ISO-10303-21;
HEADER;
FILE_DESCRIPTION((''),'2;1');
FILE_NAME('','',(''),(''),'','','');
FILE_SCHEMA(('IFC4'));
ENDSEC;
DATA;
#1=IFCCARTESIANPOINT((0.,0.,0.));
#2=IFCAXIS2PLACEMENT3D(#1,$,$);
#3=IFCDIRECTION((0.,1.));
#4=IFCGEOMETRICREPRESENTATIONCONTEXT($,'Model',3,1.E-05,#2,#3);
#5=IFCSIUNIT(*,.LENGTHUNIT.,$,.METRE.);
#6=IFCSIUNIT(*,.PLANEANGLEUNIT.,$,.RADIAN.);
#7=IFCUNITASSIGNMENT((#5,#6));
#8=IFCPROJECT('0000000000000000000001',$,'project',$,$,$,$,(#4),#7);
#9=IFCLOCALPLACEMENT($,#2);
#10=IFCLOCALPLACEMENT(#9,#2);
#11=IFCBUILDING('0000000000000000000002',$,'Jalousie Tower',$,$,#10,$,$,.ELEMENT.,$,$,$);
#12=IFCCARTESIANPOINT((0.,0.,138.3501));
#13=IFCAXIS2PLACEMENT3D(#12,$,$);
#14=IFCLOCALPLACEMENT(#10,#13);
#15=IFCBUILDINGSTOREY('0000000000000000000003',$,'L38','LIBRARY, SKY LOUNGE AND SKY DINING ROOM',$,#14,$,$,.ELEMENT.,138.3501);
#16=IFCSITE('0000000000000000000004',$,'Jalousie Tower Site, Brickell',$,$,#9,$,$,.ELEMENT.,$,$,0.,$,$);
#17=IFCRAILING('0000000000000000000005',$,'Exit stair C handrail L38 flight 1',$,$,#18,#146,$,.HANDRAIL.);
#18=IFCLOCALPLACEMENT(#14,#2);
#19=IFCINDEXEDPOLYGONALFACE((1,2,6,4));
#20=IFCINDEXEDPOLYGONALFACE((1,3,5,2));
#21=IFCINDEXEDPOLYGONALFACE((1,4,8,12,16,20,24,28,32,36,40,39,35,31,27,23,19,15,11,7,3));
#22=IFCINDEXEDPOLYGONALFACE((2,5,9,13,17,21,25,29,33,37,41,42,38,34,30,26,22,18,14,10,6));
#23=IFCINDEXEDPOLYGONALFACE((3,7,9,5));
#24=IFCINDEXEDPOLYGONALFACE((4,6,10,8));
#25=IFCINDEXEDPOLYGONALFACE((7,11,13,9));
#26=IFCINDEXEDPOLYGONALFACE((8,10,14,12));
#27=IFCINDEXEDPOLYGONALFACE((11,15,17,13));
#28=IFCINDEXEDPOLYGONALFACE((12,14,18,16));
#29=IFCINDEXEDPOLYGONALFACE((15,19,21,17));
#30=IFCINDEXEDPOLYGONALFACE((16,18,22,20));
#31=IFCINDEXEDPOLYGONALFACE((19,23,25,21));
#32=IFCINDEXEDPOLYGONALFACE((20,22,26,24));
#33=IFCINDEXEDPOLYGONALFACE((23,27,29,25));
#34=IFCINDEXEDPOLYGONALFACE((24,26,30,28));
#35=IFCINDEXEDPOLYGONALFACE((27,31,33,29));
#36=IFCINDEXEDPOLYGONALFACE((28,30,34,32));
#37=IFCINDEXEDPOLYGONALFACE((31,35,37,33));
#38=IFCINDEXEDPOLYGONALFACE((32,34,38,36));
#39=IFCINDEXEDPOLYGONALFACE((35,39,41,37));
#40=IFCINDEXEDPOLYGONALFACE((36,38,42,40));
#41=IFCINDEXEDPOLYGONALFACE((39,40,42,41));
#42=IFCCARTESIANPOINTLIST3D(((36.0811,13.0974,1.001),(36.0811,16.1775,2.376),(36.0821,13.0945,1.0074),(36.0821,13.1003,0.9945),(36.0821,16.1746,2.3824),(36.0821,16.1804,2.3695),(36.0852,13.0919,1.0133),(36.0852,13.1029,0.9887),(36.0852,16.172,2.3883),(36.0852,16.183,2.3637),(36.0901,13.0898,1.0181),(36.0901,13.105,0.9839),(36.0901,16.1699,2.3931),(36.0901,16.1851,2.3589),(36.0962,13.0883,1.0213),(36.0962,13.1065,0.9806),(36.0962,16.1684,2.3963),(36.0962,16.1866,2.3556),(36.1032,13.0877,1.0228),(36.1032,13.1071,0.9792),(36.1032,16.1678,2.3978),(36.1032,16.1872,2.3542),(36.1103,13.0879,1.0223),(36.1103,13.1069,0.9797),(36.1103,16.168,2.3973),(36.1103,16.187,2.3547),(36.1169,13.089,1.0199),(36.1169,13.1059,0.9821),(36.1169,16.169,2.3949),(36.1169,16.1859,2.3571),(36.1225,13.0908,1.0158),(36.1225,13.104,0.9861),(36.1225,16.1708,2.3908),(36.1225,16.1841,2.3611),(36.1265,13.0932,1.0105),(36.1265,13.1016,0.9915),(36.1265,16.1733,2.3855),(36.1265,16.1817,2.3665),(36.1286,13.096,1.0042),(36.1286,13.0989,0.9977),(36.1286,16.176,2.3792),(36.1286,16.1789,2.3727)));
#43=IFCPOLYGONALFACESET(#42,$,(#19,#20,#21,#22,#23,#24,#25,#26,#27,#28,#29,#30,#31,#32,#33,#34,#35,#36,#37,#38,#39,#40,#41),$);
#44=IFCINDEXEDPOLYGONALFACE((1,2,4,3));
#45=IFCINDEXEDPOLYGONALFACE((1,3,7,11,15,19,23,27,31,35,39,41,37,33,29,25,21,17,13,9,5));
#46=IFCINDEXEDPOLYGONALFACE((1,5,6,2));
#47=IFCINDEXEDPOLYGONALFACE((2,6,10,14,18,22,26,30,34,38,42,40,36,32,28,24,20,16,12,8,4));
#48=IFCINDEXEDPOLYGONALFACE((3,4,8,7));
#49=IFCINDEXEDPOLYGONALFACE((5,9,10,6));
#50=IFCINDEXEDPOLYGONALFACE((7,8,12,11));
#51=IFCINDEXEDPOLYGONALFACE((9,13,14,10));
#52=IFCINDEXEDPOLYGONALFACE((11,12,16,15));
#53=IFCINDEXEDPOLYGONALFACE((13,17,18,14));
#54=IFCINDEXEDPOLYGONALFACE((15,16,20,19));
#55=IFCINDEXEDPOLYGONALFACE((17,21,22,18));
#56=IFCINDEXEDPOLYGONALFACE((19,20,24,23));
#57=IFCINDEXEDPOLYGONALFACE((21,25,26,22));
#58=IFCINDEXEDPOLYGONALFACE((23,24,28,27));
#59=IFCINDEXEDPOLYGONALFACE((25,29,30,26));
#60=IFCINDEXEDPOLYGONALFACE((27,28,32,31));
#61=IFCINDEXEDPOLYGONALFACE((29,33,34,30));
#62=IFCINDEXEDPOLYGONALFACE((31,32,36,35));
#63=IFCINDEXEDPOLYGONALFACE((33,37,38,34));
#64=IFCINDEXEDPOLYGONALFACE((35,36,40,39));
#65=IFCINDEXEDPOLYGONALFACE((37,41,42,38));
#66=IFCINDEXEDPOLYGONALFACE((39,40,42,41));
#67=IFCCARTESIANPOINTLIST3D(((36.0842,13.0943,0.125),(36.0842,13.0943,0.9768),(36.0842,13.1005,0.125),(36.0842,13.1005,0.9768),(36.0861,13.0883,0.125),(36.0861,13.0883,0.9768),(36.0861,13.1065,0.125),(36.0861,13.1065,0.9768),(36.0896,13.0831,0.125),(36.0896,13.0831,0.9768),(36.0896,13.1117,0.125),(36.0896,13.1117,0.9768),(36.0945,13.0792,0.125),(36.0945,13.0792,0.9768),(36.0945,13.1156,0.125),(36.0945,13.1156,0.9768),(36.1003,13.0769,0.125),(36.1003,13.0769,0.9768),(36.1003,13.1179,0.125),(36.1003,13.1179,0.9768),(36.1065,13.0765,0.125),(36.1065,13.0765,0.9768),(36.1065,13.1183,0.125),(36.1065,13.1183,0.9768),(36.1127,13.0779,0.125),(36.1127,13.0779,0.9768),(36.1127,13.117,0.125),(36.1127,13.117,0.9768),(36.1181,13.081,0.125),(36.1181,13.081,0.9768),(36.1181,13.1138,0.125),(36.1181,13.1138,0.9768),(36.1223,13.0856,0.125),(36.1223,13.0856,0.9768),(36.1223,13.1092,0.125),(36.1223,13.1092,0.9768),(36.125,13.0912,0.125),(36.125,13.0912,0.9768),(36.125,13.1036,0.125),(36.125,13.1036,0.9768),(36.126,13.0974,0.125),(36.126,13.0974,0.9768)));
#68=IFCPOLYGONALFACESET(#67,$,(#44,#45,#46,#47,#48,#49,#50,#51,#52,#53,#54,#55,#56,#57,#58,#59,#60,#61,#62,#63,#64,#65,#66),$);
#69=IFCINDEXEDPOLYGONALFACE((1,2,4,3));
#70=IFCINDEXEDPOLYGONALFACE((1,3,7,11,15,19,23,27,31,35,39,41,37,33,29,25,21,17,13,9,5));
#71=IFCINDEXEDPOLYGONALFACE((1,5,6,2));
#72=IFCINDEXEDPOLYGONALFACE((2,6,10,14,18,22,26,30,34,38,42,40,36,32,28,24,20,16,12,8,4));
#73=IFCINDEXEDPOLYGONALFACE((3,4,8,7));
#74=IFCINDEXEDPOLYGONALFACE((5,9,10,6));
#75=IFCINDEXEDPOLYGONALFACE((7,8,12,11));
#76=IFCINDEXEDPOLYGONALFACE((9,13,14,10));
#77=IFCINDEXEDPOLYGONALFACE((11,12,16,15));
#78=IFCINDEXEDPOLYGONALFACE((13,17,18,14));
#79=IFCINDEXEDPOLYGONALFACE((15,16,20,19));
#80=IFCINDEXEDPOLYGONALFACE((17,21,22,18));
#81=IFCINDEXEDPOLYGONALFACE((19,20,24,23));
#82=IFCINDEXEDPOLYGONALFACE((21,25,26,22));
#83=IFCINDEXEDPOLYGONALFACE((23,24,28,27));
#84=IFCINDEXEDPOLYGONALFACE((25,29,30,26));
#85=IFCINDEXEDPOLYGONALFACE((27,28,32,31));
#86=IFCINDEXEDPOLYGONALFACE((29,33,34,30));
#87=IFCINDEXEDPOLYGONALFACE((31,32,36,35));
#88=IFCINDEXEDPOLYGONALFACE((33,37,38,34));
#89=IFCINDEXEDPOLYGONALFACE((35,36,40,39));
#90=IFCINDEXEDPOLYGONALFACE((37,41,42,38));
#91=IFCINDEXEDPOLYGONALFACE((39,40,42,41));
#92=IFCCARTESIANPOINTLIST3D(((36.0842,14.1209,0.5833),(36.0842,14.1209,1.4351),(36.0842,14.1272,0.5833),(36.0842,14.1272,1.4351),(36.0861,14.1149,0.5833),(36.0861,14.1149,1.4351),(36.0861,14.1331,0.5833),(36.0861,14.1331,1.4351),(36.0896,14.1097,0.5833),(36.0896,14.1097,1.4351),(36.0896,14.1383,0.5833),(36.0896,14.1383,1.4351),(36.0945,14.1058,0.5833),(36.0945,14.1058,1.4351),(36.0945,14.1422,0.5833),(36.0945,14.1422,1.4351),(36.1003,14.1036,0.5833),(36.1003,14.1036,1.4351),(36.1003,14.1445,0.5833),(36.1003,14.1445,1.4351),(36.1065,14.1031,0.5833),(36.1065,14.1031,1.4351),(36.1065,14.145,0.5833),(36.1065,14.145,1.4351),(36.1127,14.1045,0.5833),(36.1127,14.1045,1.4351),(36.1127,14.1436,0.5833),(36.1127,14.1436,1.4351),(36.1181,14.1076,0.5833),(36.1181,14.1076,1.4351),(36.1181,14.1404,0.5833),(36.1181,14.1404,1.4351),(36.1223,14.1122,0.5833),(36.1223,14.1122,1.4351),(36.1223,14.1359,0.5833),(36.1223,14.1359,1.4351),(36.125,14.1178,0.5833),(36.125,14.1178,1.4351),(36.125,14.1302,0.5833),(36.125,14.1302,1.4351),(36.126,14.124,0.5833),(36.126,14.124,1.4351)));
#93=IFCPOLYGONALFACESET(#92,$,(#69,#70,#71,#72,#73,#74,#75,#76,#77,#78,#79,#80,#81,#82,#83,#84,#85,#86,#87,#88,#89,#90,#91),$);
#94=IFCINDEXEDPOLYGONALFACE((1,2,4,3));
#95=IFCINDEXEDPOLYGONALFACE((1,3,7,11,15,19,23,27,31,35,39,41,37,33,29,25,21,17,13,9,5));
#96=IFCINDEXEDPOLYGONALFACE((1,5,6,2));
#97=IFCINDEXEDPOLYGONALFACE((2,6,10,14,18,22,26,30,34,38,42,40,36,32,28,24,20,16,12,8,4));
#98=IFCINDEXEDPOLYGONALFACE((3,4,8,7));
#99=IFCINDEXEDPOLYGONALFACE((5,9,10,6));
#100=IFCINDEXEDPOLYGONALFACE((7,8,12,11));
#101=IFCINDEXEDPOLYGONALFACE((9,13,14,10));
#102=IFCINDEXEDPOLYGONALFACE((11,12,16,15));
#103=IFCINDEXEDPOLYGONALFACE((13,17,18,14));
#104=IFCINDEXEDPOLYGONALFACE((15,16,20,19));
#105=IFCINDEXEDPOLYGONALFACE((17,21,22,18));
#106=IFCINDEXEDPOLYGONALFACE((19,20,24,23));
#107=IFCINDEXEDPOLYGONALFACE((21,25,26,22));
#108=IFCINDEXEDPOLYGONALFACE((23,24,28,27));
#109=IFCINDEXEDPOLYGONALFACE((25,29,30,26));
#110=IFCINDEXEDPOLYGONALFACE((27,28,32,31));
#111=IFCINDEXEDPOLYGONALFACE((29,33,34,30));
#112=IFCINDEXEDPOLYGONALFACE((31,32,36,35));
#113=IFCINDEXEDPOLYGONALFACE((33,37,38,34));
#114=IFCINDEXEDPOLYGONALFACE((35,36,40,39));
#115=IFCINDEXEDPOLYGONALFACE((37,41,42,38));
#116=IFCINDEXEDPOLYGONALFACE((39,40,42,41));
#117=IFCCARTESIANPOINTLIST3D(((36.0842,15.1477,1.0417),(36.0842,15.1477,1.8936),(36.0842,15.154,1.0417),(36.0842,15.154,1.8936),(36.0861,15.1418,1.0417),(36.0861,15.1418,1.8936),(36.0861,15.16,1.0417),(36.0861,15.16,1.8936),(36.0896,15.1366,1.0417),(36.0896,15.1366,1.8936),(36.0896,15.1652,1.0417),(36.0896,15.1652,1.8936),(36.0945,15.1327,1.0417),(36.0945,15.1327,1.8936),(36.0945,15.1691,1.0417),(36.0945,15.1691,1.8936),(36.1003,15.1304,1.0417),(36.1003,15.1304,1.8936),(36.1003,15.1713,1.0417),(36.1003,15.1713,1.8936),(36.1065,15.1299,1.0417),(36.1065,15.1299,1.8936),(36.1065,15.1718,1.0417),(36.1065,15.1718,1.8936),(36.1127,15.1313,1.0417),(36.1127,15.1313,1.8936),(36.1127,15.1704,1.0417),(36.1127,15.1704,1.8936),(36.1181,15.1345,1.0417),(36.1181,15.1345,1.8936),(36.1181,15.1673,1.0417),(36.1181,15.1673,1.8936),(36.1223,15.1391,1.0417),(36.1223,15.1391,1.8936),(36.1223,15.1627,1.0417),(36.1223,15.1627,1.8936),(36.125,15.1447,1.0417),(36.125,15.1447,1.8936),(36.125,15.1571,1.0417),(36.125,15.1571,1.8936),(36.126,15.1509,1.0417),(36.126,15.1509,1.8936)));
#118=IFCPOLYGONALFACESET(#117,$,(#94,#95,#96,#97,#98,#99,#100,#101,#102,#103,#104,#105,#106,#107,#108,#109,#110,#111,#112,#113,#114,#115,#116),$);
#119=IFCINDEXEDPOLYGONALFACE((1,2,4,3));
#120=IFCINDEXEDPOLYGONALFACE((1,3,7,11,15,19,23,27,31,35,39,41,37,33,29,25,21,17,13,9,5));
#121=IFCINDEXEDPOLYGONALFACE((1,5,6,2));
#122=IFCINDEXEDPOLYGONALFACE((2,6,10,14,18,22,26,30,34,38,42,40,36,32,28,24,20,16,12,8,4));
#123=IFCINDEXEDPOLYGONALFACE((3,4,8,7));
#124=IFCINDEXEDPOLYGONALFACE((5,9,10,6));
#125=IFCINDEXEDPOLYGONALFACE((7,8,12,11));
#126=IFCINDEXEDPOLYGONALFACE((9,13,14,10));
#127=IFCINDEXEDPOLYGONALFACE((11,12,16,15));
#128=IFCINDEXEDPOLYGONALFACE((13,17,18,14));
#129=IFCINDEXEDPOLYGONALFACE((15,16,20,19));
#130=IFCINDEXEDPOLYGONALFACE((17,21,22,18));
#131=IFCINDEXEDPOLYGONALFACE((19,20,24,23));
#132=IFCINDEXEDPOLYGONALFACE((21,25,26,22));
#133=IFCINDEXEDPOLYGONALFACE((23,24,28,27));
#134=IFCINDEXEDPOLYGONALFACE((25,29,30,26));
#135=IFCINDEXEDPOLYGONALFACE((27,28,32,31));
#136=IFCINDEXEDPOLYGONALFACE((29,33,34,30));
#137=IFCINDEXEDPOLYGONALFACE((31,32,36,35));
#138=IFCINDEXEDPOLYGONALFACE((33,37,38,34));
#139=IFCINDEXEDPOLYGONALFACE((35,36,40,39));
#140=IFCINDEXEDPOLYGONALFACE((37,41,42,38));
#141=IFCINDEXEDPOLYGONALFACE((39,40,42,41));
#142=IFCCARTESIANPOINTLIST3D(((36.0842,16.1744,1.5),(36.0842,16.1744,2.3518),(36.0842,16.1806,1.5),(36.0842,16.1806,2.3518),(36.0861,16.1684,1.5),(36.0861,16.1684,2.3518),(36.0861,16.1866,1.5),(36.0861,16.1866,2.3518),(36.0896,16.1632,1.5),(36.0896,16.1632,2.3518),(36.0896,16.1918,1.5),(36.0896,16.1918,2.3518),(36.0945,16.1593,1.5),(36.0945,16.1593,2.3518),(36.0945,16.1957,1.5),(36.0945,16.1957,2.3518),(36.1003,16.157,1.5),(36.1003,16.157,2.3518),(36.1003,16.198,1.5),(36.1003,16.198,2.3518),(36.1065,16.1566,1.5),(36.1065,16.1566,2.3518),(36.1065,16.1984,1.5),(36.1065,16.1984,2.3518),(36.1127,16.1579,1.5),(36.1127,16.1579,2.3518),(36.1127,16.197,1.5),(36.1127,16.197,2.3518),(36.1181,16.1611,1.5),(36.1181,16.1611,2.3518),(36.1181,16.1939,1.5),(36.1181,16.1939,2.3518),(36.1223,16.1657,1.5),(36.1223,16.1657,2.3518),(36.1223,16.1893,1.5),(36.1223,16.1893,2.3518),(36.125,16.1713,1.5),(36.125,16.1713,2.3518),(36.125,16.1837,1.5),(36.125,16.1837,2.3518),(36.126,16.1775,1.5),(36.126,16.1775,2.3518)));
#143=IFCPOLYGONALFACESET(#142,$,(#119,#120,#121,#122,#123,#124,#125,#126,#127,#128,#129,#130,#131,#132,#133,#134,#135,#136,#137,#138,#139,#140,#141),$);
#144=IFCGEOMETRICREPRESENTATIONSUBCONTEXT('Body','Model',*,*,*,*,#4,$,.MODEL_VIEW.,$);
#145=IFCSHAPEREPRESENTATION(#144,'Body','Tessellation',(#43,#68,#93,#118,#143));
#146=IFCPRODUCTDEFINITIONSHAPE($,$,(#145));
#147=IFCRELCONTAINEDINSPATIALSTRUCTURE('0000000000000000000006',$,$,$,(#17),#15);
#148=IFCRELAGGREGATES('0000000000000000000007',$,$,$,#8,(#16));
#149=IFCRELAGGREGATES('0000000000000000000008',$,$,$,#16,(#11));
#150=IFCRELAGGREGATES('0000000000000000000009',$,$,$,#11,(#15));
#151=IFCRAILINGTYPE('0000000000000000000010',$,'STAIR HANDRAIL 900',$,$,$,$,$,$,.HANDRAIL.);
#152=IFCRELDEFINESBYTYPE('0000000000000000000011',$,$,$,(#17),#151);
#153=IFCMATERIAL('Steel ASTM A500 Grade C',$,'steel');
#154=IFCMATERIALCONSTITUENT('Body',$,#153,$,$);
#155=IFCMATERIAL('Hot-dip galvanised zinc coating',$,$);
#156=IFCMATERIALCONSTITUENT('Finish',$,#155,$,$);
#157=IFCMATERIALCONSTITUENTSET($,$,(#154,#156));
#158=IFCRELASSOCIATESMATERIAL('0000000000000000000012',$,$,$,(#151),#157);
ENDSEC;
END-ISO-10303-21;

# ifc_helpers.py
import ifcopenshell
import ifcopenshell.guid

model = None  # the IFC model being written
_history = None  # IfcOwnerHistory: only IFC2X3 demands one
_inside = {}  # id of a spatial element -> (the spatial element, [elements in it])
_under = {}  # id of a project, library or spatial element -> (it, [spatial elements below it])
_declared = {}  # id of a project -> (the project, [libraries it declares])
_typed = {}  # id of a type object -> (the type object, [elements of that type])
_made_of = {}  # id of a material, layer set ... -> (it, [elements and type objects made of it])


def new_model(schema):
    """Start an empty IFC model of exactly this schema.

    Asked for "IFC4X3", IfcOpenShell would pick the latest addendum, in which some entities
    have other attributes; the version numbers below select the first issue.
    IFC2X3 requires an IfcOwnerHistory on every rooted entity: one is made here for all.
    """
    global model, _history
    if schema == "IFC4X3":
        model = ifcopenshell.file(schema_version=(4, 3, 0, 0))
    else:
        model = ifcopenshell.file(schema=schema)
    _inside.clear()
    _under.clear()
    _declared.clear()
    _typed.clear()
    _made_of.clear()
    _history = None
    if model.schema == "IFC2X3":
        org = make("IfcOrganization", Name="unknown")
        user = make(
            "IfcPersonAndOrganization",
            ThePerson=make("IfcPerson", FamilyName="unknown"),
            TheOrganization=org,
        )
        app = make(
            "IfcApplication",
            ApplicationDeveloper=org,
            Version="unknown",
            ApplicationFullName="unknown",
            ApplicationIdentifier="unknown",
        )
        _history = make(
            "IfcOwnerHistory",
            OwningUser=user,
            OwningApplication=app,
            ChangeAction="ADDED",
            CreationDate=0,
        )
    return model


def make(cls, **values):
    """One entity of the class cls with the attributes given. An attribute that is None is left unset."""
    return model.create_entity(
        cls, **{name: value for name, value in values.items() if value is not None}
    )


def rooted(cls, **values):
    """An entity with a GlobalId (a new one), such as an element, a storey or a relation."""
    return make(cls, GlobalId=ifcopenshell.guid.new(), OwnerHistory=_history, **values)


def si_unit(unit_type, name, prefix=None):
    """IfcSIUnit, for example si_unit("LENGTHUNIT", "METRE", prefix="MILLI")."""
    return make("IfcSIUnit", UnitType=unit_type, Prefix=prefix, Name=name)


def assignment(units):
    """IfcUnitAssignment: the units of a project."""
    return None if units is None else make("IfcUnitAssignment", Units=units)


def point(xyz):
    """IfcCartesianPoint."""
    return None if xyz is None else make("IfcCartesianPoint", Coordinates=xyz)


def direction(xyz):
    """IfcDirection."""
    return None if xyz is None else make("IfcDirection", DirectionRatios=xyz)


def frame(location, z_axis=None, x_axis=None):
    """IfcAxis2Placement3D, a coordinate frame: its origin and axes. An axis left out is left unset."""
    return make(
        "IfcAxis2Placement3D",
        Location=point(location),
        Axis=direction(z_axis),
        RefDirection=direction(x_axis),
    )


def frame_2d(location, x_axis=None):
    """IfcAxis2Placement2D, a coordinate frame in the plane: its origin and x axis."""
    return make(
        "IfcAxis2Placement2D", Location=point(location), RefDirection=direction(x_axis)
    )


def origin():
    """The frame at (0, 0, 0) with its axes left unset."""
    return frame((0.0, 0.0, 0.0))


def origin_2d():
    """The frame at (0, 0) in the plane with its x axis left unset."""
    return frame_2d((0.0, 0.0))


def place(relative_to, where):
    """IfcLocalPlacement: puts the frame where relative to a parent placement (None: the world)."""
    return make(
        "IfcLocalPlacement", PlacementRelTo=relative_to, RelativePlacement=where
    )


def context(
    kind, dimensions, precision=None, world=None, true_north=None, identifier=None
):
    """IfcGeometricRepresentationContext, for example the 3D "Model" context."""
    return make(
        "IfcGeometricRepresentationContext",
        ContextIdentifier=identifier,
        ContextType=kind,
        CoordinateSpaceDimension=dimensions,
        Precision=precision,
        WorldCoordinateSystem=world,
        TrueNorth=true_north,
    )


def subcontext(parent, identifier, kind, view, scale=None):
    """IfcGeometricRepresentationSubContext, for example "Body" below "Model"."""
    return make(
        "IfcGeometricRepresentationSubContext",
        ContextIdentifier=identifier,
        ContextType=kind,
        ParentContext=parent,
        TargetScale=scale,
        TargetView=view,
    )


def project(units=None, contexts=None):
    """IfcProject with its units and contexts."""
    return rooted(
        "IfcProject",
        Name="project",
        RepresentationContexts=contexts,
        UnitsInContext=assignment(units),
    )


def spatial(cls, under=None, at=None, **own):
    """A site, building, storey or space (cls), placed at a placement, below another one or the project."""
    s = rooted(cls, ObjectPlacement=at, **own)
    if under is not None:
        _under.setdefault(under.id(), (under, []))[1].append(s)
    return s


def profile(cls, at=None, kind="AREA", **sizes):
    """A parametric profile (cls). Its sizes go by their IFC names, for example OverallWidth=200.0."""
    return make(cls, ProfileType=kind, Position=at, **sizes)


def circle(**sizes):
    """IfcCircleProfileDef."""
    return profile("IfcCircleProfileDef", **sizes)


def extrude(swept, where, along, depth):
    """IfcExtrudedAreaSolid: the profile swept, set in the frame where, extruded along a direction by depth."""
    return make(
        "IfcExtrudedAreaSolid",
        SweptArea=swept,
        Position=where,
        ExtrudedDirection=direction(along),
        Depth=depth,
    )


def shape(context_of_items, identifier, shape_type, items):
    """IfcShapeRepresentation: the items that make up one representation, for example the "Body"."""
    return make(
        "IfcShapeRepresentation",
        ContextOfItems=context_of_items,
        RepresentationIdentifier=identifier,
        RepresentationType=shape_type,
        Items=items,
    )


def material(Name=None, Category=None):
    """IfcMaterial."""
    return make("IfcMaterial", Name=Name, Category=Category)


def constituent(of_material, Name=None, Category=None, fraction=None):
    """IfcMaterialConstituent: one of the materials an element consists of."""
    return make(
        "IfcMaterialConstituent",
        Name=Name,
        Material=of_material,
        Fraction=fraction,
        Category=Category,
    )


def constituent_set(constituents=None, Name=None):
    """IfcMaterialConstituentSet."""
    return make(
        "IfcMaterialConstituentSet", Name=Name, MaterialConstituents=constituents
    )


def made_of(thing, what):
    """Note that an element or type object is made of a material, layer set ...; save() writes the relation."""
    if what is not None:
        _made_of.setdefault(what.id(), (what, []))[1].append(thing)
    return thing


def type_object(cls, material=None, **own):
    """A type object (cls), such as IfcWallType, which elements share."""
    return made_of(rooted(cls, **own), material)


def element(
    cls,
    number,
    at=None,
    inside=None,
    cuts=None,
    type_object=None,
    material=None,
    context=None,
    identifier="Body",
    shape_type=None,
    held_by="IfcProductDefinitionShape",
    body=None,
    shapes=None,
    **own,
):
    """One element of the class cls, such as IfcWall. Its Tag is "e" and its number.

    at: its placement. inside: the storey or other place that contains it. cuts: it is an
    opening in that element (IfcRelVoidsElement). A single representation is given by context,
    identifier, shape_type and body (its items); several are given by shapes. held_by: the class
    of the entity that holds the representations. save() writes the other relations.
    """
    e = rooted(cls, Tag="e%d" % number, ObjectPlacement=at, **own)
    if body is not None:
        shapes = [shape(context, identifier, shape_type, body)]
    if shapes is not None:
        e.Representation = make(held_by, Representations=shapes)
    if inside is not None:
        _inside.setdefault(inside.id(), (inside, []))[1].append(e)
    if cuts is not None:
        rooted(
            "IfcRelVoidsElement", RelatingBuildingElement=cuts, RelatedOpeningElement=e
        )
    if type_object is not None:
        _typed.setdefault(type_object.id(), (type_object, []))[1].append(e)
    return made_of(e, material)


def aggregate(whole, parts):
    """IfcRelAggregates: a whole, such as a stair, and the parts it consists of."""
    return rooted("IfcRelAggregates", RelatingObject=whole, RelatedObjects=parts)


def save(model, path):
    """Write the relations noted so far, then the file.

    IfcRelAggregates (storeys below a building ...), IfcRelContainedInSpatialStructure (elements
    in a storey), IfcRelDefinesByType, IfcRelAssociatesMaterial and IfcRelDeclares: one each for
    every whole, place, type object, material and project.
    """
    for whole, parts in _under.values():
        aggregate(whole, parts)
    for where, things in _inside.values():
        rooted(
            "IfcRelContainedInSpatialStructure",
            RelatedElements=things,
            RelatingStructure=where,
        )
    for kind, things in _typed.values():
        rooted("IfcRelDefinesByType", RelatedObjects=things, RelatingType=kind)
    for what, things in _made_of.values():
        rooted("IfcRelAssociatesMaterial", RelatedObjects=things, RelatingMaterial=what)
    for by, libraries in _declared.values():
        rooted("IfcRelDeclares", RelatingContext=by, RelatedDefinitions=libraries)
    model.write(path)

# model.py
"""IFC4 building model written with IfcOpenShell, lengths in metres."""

from ifc_helpers import new_model, si_unit, direction, frame, origin, origin_2d, place, context, subcontext, project, spatial, circle, extrude, material, constituent, constituent_set, type_object, element, save


model = new_model("IFC4")

# Units and contexts
model_context = context("Model", 3, precision=1e-05, world=origin(), true_north=direction((0.0, 1.0)))
body_context = subcontext(model_context, "Body", "Model", "MODEL_VIEW")
ifc_project = project(units=[si_unit("LENGTHUNIT", "METRE"), si_unit("PLANEANGLEUNIT", "RADIAN")], contexts=[model_context])

# Site, building, storey
site_placement = place(None, origin())
site = spatial("IfcSite", under=ifc_project, at=site_placement, Name="Jalousie Tower Site, Brickell", CompositionType="ELEMENT", RefElevation=0.0)
building_placement = place(site_placement, origin())
building = spatial("IfcBuilding", under=site, at=building_placement, Name="Jalousie Tower", CompositionType="ELEMENT")
storey_placement = place(building_placement, frame((0.0, 0.0, 138.3501)))
storey = spatial("IfcBuildingStorey", under=building, at=storey_placement, Name="L38", Description="LIBRARY, SKY LOUNGE AND SKY DINING ROOM", CompositionType="ELEMENT", Elevation=138.3501)

# Railing
ifc_material_1 = material(Name="Steel ASTM A500 Grade C", Category="steel")
ifc_constituent_1 = constituent(ifc_material_1, Name="Body")
ifc_material_2 = material(Name="Hot-dip galvanised zinc coating")
ifc_constituent_2 = constituent(ifc_material_2, Name="Finish")
ifc_constituent_set = constituent_set(constituents=[ifc_constituent_1, ifc_constituent_2])
railing_type = type_object("IfcRailingType", Name="STAIR HANDRAIL 900", PredefinedType="HANDRAIL", material=ifc_constituent_set)
for number, where, name in (
    (1, (36.105, 13.0974, 0.125), "Exit stair C handrail L38 flight 1"),
):
    element("IfcRailing", number, at=place(storey_placement, frame(where)), inside=storey, type_object=railing_type, Name=name, PredefinedType="HANDRAIL", context=body_context, shape_type="SweptSolid", body=[
        extrude(circle(Radius=0.0239, at=origin_2d()), frame((0.0, 0.0, 0.876), z_axis=(0.0, 0.913142, 0.407642), x_axis=(-1.0, 0.0, 0.0)), (0.0, 0.0, 1.0), 3.373),
        extrude(circle(Radius=0.021, at=origin_2d()), origin(), (0.0, 0.0, 1.0), 0.8518),
        extrude(circle(Radius=0.021, at=origin_2d()), frame((0.0, 1.0266, 0.4583)), (0.0, 0.0, 1.0), 0.8518),
        extrude(circle(Radius=0.021, at=origin_2d()), frame((0.0, 2.0535, 0.9167)), (0.0, 0.0, 1.0), 0.8518),
        extrude(circle(Radius=0.021, at=origin_2d()), frame((0.0, 3.0801, 1.375)), (0.0, 0.0, 1.0), 0.8518),
    ])

save(model, "model.ifc")
